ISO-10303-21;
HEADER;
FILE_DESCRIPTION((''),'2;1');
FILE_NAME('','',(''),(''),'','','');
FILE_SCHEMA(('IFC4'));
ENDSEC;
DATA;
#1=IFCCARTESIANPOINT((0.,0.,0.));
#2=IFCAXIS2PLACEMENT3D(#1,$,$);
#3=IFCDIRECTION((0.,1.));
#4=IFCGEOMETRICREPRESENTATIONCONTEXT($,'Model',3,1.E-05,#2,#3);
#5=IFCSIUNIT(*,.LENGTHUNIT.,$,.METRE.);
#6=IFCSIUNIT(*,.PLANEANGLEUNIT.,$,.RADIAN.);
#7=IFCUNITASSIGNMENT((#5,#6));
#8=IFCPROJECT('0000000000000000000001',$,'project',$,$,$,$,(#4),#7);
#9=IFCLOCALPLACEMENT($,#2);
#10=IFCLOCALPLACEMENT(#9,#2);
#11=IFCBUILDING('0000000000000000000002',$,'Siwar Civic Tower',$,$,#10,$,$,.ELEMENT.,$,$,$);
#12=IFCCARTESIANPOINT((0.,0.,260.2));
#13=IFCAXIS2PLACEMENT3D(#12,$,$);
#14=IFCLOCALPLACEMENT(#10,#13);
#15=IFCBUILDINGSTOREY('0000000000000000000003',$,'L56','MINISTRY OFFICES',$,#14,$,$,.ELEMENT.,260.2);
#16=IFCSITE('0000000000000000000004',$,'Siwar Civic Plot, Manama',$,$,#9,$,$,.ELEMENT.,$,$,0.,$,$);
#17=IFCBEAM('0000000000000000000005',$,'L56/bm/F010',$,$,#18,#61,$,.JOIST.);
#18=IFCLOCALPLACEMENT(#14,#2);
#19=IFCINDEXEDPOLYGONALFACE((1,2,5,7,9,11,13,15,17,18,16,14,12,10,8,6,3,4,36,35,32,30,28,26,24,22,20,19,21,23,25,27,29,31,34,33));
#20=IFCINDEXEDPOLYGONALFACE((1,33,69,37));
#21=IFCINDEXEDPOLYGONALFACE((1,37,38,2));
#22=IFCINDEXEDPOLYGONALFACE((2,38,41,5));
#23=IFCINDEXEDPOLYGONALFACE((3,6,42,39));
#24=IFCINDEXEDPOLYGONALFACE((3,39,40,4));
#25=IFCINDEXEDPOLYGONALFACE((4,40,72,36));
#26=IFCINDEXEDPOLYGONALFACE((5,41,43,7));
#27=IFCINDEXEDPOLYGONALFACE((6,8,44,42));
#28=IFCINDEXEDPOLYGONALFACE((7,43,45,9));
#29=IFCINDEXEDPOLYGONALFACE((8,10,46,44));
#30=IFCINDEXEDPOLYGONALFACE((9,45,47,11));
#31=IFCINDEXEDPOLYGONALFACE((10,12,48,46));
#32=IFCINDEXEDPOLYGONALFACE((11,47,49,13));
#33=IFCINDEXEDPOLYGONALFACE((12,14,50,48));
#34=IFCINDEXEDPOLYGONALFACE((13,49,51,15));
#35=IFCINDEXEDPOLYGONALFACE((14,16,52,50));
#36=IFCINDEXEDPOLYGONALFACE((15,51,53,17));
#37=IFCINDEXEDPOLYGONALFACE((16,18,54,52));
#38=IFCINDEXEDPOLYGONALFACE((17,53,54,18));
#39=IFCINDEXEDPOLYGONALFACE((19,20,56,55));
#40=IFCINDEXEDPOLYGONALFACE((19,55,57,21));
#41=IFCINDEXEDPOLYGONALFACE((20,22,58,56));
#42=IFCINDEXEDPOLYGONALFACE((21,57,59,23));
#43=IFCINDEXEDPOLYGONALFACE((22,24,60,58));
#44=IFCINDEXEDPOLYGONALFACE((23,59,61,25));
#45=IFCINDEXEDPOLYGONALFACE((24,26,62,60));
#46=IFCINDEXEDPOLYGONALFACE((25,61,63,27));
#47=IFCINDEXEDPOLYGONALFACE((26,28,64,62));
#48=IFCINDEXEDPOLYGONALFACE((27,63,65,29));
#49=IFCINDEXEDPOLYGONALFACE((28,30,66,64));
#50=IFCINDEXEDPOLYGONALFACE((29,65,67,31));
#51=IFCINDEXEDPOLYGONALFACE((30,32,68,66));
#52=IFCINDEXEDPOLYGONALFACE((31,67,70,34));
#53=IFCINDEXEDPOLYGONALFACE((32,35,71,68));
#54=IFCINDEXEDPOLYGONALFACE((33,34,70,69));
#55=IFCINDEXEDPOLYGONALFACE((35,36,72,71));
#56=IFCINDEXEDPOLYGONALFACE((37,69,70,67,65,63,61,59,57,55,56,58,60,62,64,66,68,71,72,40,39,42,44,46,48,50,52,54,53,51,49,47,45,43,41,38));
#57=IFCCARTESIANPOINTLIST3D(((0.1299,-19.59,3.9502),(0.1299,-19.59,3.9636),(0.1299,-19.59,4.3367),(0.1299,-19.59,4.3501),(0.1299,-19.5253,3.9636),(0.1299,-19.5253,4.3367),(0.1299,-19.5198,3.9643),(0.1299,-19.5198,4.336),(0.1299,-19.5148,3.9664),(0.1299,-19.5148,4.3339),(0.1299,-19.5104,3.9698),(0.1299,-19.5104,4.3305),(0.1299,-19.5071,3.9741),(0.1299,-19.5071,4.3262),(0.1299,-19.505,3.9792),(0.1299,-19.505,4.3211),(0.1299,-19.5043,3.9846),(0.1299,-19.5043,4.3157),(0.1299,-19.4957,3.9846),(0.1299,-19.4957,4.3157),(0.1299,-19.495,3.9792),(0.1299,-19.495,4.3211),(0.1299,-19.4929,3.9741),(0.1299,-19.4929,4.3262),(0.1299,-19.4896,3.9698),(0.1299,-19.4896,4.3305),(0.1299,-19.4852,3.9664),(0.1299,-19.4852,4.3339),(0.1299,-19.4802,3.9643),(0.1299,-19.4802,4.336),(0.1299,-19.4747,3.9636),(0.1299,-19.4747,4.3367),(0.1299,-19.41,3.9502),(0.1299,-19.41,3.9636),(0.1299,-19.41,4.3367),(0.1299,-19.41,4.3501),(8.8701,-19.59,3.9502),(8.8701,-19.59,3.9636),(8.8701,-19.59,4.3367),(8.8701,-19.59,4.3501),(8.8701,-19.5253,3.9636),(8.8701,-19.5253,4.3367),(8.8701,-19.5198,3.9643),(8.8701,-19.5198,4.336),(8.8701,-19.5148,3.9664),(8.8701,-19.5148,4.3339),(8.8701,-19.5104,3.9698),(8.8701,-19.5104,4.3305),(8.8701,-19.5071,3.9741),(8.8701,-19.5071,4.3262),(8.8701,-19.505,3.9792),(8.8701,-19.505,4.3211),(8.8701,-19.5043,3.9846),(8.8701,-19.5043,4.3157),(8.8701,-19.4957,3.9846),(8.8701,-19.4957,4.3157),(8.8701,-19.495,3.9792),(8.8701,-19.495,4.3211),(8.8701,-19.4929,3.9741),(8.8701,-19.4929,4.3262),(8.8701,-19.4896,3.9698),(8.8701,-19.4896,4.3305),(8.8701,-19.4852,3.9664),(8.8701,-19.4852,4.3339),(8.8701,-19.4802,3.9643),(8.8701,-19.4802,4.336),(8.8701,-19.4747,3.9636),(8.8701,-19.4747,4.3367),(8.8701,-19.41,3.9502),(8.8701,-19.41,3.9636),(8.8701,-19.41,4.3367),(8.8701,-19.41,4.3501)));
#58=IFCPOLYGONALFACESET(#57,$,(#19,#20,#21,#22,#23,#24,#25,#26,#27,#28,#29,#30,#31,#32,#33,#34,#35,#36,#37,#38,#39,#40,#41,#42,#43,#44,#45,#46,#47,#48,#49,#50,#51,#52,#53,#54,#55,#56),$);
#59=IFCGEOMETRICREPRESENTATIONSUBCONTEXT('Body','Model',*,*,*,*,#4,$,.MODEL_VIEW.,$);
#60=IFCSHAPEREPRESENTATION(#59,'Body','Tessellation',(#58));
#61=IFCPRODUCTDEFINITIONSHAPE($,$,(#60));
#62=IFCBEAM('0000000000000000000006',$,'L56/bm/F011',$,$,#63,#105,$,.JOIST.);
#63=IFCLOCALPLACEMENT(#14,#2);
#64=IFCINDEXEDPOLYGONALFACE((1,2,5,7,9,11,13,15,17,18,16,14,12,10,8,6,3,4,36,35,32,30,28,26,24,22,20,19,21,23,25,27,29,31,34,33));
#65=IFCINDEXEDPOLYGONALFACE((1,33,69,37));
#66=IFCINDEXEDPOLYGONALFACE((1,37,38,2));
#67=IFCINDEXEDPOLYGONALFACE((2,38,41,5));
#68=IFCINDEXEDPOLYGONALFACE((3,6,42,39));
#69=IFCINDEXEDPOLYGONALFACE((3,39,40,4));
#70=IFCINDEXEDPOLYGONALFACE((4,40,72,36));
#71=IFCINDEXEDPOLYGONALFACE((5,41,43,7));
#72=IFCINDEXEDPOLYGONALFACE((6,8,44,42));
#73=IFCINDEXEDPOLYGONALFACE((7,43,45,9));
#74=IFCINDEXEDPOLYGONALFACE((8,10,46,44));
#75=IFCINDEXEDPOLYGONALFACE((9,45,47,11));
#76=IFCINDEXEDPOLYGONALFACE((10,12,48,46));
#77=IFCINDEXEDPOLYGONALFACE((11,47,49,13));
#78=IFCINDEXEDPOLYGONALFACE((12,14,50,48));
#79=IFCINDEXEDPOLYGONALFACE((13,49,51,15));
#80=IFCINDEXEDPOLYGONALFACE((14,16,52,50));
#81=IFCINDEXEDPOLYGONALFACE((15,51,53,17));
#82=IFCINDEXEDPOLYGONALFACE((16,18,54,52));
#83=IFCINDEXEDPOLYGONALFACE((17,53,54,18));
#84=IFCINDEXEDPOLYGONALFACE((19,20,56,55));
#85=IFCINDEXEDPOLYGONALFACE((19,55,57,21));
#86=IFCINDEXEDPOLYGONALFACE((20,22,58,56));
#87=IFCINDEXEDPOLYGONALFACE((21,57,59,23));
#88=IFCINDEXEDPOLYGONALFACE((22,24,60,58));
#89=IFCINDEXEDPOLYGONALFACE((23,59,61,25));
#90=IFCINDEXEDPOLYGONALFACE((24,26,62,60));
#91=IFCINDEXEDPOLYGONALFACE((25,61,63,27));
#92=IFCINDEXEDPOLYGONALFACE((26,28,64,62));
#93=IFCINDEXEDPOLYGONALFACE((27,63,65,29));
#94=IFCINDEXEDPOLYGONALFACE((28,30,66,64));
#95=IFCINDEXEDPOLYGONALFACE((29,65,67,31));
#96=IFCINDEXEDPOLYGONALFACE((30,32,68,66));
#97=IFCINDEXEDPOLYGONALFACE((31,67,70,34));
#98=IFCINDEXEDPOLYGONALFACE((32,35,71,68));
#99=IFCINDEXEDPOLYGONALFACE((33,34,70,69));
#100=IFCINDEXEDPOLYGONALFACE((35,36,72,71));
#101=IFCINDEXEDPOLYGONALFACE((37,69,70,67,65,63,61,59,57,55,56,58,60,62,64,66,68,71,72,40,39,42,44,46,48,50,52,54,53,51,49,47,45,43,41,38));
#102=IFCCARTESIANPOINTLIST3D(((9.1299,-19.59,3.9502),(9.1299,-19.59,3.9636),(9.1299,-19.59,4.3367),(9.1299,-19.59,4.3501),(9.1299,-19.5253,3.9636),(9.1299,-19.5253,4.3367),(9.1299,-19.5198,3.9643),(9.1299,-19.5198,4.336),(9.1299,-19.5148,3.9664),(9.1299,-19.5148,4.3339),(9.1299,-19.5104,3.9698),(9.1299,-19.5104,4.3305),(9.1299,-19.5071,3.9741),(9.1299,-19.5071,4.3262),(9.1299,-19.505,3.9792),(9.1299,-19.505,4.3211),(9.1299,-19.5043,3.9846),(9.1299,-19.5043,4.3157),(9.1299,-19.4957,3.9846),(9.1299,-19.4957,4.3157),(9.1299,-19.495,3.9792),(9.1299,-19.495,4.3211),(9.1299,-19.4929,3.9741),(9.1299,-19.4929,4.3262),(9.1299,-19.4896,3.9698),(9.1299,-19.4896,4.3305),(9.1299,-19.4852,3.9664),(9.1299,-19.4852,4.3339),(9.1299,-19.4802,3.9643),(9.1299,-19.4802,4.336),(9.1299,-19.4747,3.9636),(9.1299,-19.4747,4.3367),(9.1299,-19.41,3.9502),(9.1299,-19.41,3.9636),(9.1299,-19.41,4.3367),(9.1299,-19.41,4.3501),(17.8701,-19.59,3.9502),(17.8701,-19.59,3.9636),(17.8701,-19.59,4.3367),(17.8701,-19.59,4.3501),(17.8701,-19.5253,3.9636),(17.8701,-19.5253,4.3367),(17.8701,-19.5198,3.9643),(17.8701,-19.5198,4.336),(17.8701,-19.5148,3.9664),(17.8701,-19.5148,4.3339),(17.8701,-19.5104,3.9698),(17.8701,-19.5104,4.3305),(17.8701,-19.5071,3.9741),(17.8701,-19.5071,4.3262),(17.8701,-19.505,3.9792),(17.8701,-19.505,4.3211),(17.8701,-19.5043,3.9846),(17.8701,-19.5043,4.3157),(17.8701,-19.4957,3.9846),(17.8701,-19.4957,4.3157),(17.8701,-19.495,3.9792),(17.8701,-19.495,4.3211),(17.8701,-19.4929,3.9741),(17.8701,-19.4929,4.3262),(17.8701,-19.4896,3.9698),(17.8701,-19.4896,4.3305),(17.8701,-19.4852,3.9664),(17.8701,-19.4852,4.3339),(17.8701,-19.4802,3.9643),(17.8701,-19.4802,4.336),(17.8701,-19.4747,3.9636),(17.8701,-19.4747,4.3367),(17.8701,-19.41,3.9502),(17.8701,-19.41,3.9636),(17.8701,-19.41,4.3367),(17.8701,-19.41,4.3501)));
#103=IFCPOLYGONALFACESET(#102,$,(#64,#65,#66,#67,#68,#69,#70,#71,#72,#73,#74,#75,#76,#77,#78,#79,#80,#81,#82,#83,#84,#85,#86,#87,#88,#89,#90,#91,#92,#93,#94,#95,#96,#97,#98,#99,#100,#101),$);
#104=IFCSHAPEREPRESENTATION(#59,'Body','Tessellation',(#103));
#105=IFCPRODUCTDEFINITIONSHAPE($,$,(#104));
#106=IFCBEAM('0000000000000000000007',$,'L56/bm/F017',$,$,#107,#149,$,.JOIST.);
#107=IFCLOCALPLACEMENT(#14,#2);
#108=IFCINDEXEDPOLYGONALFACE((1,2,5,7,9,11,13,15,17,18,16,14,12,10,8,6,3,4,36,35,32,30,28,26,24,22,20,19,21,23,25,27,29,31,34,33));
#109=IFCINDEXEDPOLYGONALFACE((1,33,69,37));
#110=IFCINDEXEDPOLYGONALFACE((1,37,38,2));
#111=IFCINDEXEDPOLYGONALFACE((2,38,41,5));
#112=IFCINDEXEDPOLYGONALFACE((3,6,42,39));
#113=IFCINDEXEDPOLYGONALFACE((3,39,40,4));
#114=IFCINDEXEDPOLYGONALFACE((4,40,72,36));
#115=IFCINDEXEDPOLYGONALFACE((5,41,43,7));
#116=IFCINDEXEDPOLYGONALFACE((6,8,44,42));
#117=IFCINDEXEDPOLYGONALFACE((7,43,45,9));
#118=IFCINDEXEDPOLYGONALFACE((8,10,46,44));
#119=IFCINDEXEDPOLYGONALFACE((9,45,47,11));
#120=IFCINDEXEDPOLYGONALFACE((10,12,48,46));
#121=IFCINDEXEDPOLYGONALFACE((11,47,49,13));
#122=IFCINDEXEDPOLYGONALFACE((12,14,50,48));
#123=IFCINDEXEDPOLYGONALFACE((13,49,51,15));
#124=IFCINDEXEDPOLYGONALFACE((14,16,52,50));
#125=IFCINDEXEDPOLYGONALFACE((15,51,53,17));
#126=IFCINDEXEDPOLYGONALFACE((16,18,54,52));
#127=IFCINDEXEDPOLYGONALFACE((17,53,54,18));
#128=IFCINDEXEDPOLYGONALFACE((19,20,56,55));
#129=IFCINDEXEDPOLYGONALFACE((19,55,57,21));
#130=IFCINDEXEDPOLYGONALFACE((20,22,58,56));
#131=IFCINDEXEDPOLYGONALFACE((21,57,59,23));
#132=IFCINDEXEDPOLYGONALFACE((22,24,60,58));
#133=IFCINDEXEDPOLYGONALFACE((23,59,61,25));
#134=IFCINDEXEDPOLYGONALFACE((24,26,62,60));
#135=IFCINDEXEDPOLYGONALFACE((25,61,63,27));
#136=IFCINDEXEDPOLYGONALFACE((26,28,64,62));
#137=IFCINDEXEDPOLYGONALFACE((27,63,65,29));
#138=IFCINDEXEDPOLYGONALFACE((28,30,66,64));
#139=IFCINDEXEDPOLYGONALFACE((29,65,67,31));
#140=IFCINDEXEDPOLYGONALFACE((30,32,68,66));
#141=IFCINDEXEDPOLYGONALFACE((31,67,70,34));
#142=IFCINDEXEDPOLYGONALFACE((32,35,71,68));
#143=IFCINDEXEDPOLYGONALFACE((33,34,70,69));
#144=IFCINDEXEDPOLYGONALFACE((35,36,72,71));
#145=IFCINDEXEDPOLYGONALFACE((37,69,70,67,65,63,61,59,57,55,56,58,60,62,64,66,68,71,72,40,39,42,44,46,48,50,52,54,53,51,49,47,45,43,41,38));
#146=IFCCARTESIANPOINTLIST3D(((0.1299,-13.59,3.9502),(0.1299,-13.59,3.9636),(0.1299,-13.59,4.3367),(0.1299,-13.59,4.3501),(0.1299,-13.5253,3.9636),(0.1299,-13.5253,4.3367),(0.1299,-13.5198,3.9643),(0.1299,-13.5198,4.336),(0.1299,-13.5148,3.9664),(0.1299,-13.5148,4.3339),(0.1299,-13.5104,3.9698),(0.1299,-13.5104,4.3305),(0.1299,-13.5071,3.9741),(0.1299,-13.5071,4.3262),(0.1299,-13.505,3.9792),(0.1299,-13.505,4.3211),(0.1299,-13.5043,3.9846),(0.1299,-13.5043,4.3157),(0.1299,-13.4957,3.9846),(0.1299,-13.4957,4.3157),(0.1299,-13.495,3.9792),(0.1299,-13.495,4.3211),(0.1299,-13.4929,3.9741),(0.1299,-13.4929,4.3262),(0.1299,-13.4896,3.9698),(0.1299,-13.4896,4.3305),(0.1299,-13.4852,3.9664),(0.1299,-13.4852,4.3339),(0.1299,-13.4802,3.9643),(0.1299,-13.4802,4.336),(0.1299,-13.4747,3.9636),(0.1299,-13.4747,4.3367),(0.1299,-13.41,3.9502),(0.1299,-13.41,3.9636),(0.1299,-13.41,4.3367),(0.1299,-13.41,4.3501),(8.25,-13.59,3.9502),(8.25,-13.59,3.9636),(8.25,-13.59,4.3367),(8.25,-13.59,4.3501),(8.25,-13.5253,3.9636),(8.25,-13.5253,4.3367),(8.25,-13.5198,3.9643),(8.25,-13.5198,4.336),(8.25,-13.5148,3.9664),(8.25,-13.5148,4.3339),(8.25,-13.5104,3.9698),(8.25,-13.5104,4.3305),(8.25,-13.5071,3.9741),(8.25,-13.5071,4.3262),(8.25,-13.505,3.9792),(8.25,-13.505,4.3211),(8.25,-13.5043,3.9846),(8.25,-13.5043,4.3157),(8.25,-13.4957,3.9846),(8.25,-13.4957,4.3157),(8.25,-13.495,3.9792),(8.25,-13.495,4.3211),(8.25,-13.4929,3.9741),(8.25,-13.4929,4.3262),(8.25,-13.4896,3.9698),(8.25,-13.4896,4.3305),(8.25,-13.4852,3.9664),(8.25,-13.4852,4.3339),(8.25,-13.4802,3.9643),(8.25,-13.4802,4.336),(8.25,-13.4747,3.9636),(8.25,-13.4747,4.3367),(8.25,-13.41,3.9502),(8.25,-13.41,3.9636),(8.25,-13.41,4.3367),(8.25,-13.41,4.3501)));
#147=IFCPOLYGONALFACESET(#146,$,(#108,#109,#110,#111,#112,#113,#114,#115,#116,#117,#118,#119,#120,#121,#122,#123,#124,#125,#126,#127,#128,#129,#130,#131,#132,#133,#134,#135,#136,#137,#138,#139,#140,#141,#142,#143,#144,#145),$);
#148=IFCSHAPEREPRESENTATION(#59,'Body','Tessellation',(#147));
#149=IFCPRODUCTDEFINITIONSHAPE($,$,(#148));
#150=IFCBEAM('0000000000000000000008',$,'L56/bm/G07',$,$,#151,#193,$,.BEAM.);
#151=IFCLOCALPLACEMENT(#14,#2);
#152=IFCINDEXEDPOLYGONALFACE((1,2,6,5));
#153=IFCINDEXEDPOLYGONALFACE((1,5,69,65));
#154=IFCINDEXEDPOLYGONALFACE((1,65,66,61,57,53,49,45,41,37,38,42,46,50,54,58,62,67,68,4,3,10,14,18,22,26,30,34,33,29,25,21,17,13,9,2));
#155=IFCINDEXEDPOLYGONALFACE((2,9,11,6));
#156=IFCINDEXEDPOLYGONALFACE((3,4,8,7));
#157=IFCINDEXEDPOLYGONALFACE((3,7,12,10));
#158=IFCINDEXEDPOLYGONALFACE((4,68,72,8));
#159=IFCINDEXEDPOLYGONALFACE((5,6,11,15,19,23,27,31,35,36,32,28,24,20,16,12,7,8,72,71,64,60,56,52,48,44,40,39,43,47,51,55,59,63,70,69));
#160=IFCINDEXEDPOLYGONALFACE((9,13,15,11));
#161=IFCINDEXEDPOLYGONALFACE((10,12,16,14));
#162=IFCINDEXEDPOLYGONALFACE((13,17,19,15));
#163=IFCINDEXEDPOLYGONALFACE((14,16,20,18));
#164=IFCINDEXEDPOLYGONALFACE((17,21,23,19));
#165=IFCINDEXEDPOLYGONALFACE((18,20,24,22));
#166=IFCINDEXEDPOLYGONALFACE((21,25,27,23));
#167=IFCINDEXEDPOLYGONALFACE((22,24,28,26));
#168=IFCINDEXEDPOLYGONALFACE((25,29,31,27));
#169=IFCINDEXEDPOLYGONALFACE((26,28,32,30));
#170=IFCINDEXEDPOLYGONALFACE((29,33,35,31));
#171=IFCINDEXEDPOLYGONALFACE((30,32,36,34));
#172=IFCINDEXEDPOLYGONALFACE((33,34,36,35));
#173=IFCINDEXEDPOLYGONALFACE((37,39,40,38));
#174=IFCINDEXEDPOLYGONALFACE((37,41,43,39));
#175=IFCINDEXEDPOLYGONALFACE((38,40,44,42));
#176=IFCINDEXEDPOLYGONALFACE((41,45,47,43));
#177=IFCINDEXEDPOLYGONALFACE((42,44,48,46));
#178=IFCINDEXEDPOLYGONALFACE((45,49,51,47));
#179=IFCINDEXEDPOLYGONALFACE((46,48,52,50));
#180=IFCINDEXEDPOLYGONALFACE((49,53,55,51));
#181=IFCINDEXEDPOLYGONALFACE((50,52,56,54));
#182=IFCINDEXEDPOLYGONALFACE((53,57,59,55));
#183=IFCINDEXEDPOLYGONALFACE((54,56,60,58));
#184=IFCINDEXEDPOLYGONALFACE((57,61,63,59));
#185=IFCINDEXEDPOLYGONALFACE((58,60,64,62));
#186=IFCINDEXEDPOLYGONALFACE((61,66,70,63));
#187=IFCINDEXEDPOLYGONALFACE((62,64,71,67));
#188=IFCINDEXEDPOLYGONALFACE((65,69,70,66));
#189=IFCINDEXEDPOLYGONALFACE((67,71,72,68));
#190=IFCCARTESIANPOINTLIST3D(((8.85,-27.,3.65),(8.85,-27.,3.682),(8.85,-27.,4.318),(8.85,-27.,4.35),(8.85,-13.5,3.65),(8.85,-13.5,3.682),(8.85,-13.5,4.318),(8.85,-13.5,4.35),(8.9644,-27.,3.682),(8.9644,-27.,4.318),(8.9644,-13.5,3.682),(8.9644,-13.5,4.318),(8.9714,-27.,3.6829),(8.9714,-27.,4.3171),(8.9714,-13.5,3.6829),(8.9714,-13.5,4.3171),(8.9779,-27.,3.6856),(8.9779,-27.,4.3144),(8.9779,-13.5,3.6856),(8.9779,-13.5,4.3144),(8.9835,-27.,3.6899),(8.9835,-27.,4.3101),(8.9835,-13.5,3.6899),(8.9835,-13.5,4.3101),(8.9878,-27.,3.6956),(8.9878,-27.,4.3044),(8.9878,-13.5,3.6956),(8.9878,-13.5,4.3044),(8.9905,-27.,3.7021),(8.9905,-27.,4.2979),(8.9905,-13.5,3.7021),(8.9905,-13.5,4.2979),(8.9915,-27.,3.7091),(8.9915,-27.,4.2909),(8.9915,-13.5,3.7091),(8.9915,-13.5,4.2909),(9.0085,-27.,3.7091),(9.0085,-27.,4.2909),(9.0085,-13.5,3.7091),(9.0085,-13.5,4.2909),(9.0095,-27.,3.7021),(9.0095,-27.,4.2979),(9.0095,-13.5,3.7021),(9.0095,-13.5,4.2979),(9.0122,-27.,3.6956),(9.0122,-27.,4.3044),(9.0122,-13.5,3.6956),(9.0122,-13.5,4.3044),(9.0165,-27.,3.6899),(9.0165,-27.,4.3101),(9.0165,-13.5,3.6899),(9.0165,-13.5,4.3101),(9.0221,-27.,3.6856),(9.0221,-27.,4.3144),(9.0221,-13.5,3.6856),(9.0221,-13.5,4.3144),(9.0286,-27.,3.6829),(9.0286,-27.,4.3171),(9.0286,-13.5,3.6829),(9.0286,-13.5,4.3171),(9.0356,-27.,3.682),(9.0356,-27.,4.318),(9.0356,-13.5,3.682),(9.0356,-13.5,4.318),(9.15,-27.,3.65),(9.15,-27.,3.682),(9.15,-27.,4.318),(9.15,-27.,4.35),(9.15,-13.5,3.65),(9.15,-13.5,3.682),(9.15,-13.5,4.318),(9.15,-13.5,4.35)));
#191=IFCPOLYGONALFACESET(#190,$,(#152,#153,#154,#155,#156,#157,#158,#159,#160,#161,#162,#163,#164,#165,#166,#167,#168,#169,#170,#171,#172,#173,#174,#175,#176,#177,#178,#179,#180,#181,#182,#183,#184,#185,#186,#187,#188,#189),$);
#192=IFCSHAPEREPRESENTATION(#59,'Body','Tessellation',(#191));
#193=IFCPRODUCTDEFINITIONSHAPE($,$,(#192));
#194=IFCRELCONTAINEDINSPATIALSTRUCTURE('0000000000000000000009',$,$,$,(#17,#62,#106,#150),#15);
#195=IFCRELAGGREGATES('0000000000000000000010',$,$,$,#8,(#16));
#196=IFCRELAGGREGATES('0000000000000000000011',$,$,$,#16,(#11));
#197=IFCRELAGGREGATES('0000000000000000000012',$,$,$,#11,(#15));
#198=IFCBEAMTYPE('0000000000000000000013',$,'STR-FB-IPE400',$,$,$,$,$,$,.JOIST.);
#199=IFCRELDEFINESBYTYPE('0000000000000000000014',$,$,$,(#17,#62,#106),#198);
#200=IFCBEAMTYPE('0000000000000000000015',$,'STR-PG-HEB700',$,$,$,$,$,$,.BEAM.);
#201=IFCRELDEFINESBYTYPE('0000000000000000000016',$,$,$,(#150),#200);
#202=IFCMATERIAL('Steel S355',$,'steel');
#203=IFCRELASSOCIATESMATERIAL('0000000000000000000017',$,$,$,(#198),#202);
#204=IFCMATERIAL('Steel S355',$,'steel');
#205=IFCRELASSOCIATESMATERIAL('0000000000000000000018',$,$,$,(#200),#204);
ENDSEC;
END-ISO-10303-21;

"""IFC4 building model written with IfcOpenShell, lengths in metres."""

from ifc_helpers import new_model, si_unit, direction, frame, origin, origin_2d, place, context, subcontext, project, spatial, i_section, extrude, material, material_profile, profile_set, type_object, element, save


model = new_model("IFC4")

# Units and contexts
model_context = context("Model", 3, precision=1e-05, world=origin(), true_north=direction((0.0, 1.0)))
body_context = subcontext(model_context, "Body", "Model", "MODEL_VIEW")
ifc_project = project(units=[si_unit("LENGTHUNIT", "METRE"), si_unit("PLANEANGLEUNIT", "RADIAN")], contexts=[model_context])

# Site, building, storey
site_placement = place(None, origin())
site = spatial("IfcSite", under=ifc_project, at=site_placement, Name="Siwar Civic Plot, Manama", CompositionType="ELEMENT", RefElevation=0.0)
building_placement = place(site_placement, origin())
building = spatial("IfcBuilding", under=site, at=building_placement, Name="Siwar Civic Tower", CompositionType="ELEMENT")
storey_placement = place(building_placement, frame((0.0, 0.0, 260.2)))
storey = spatial("IfcBuildingStorey", under=building, at=storey_placement, Name="L56", Description="MINISTRY OFFICES", CompositionType="ELEMENT", Elevation=260.2)

# Beams
ifc_material_1 = material(Name="Steel S355", Category="steel")
ifc_material_profile_1 = material_profile(ifc_material_1, i_section(OverallWidth=0.1799, OverallDepth=0.3999, WebThickness=0.0085, FlangeThickness=0.0134, FilletRadius=0.021, at=origin_2d()), Name="IPE400")
ifc_profile_set_1 = profile_set([ifc_material_profile_1], Name="Steel S355")
beam_type_1 = type_object("IfcBeamType", Name="STR-FB-IPE400", PredefinedType="JOIST", material=ifc_profile_set_1)
for number, where, z_axis, x_axis, name in (
    (1, (0.1299, -19.5, 4.1501), (1.0, 0.0, 0.0), (0.0, 1.0, 0.0), "L56/bm/F010"),
    (2, (9.1299, -19.5, 4.1501), (1.0, 0.0, 0.0), (0.0, 1.0, 0.0), "L56/bm/F011"),
):
    element("IfcBeam", number, at=place(storey_placement, frame(where, z_axis=z_axis, x_axis=x_axis)), inside=storey, type_object=beam_type_1, Name=name, PredefinedType="JOIST", context=body_context, shape_type="SweptSolid", body=[
        extrude(i_section(OverallWidth=0.1799, OverallDepth=0.3999, WebThickness=0.0085, FlangeThickness=0.0134, FilletRadius=0.021, at=origin_2d()), origin(), (0.0, 0.0, 1.0), 8.7402),
    ])
beam_1_placement = place(storey_placement, frame((0.1299, -13.5, 4.1501), z_axis=(1.0, 0.0, 0.0), x_axis=(0.0, 1.0, 0.0)))
element("IfcBeam", 3, at=beam_1_placement, inside=storey, type_object=beam_type_1, Name="L56/bm/F017", PredefinedType="JOIST", context=body_context, shape_type="SweptSolid", body=[
    extrude(i_section(OverallWidth=0.1799, OverallDepth=0.3999, WebThickness=0.0085, FlangeThickness=0.0134, FilletRadius=0.021, at=origin_2d()), origin(), (0.0, 0.0, 1.0), 8.1201),
])
ifc_material_2 = material(Name="Steel S355", Category="steel")
ifc_material_profile_2 = material_profile(ifc_material_2, i_section(OverallWidth=0.3, OverallDepth=0.7, WebThickness=0.0171, FlangeThickness=0.032, FilletRadius=0.0271, at=origin_2d()), Name="HEB700")
ifc_profile_set_2 = profile_set([ifc_material_profile_2], Name="Steel S355")
beam_type_2 = type_object("IfcBeamType", Name="STR-PG-HEB700", PredefinedType="BEAM", material=ifc_profile_set_2)
beam_2_placement = place(storey_placement, frame((9.0, -27.0, 4.0), z_axis=(0.0, 1.0, 0.0), x_axis=(-1.0, 0.0, 0.0)))
element("IfcBeam", 4, at=beam_2_placement, inside=storey, type_object=beam_type_2, Name="L56/bm/G07", PredefinedType="BEAM", context=body_context, shape_type="SweptSolid", body=[
    extrude(i_section(OverallWidth=0.3, OverallDepth=0.7, WebThickness=0.0171, FlangeThickness=0.032, FilletRadius=0.0271, at=origin_2d()), origin(), (0.0, 0.0, 1.0), 13.5),
])

save(model, "model.ifc")
